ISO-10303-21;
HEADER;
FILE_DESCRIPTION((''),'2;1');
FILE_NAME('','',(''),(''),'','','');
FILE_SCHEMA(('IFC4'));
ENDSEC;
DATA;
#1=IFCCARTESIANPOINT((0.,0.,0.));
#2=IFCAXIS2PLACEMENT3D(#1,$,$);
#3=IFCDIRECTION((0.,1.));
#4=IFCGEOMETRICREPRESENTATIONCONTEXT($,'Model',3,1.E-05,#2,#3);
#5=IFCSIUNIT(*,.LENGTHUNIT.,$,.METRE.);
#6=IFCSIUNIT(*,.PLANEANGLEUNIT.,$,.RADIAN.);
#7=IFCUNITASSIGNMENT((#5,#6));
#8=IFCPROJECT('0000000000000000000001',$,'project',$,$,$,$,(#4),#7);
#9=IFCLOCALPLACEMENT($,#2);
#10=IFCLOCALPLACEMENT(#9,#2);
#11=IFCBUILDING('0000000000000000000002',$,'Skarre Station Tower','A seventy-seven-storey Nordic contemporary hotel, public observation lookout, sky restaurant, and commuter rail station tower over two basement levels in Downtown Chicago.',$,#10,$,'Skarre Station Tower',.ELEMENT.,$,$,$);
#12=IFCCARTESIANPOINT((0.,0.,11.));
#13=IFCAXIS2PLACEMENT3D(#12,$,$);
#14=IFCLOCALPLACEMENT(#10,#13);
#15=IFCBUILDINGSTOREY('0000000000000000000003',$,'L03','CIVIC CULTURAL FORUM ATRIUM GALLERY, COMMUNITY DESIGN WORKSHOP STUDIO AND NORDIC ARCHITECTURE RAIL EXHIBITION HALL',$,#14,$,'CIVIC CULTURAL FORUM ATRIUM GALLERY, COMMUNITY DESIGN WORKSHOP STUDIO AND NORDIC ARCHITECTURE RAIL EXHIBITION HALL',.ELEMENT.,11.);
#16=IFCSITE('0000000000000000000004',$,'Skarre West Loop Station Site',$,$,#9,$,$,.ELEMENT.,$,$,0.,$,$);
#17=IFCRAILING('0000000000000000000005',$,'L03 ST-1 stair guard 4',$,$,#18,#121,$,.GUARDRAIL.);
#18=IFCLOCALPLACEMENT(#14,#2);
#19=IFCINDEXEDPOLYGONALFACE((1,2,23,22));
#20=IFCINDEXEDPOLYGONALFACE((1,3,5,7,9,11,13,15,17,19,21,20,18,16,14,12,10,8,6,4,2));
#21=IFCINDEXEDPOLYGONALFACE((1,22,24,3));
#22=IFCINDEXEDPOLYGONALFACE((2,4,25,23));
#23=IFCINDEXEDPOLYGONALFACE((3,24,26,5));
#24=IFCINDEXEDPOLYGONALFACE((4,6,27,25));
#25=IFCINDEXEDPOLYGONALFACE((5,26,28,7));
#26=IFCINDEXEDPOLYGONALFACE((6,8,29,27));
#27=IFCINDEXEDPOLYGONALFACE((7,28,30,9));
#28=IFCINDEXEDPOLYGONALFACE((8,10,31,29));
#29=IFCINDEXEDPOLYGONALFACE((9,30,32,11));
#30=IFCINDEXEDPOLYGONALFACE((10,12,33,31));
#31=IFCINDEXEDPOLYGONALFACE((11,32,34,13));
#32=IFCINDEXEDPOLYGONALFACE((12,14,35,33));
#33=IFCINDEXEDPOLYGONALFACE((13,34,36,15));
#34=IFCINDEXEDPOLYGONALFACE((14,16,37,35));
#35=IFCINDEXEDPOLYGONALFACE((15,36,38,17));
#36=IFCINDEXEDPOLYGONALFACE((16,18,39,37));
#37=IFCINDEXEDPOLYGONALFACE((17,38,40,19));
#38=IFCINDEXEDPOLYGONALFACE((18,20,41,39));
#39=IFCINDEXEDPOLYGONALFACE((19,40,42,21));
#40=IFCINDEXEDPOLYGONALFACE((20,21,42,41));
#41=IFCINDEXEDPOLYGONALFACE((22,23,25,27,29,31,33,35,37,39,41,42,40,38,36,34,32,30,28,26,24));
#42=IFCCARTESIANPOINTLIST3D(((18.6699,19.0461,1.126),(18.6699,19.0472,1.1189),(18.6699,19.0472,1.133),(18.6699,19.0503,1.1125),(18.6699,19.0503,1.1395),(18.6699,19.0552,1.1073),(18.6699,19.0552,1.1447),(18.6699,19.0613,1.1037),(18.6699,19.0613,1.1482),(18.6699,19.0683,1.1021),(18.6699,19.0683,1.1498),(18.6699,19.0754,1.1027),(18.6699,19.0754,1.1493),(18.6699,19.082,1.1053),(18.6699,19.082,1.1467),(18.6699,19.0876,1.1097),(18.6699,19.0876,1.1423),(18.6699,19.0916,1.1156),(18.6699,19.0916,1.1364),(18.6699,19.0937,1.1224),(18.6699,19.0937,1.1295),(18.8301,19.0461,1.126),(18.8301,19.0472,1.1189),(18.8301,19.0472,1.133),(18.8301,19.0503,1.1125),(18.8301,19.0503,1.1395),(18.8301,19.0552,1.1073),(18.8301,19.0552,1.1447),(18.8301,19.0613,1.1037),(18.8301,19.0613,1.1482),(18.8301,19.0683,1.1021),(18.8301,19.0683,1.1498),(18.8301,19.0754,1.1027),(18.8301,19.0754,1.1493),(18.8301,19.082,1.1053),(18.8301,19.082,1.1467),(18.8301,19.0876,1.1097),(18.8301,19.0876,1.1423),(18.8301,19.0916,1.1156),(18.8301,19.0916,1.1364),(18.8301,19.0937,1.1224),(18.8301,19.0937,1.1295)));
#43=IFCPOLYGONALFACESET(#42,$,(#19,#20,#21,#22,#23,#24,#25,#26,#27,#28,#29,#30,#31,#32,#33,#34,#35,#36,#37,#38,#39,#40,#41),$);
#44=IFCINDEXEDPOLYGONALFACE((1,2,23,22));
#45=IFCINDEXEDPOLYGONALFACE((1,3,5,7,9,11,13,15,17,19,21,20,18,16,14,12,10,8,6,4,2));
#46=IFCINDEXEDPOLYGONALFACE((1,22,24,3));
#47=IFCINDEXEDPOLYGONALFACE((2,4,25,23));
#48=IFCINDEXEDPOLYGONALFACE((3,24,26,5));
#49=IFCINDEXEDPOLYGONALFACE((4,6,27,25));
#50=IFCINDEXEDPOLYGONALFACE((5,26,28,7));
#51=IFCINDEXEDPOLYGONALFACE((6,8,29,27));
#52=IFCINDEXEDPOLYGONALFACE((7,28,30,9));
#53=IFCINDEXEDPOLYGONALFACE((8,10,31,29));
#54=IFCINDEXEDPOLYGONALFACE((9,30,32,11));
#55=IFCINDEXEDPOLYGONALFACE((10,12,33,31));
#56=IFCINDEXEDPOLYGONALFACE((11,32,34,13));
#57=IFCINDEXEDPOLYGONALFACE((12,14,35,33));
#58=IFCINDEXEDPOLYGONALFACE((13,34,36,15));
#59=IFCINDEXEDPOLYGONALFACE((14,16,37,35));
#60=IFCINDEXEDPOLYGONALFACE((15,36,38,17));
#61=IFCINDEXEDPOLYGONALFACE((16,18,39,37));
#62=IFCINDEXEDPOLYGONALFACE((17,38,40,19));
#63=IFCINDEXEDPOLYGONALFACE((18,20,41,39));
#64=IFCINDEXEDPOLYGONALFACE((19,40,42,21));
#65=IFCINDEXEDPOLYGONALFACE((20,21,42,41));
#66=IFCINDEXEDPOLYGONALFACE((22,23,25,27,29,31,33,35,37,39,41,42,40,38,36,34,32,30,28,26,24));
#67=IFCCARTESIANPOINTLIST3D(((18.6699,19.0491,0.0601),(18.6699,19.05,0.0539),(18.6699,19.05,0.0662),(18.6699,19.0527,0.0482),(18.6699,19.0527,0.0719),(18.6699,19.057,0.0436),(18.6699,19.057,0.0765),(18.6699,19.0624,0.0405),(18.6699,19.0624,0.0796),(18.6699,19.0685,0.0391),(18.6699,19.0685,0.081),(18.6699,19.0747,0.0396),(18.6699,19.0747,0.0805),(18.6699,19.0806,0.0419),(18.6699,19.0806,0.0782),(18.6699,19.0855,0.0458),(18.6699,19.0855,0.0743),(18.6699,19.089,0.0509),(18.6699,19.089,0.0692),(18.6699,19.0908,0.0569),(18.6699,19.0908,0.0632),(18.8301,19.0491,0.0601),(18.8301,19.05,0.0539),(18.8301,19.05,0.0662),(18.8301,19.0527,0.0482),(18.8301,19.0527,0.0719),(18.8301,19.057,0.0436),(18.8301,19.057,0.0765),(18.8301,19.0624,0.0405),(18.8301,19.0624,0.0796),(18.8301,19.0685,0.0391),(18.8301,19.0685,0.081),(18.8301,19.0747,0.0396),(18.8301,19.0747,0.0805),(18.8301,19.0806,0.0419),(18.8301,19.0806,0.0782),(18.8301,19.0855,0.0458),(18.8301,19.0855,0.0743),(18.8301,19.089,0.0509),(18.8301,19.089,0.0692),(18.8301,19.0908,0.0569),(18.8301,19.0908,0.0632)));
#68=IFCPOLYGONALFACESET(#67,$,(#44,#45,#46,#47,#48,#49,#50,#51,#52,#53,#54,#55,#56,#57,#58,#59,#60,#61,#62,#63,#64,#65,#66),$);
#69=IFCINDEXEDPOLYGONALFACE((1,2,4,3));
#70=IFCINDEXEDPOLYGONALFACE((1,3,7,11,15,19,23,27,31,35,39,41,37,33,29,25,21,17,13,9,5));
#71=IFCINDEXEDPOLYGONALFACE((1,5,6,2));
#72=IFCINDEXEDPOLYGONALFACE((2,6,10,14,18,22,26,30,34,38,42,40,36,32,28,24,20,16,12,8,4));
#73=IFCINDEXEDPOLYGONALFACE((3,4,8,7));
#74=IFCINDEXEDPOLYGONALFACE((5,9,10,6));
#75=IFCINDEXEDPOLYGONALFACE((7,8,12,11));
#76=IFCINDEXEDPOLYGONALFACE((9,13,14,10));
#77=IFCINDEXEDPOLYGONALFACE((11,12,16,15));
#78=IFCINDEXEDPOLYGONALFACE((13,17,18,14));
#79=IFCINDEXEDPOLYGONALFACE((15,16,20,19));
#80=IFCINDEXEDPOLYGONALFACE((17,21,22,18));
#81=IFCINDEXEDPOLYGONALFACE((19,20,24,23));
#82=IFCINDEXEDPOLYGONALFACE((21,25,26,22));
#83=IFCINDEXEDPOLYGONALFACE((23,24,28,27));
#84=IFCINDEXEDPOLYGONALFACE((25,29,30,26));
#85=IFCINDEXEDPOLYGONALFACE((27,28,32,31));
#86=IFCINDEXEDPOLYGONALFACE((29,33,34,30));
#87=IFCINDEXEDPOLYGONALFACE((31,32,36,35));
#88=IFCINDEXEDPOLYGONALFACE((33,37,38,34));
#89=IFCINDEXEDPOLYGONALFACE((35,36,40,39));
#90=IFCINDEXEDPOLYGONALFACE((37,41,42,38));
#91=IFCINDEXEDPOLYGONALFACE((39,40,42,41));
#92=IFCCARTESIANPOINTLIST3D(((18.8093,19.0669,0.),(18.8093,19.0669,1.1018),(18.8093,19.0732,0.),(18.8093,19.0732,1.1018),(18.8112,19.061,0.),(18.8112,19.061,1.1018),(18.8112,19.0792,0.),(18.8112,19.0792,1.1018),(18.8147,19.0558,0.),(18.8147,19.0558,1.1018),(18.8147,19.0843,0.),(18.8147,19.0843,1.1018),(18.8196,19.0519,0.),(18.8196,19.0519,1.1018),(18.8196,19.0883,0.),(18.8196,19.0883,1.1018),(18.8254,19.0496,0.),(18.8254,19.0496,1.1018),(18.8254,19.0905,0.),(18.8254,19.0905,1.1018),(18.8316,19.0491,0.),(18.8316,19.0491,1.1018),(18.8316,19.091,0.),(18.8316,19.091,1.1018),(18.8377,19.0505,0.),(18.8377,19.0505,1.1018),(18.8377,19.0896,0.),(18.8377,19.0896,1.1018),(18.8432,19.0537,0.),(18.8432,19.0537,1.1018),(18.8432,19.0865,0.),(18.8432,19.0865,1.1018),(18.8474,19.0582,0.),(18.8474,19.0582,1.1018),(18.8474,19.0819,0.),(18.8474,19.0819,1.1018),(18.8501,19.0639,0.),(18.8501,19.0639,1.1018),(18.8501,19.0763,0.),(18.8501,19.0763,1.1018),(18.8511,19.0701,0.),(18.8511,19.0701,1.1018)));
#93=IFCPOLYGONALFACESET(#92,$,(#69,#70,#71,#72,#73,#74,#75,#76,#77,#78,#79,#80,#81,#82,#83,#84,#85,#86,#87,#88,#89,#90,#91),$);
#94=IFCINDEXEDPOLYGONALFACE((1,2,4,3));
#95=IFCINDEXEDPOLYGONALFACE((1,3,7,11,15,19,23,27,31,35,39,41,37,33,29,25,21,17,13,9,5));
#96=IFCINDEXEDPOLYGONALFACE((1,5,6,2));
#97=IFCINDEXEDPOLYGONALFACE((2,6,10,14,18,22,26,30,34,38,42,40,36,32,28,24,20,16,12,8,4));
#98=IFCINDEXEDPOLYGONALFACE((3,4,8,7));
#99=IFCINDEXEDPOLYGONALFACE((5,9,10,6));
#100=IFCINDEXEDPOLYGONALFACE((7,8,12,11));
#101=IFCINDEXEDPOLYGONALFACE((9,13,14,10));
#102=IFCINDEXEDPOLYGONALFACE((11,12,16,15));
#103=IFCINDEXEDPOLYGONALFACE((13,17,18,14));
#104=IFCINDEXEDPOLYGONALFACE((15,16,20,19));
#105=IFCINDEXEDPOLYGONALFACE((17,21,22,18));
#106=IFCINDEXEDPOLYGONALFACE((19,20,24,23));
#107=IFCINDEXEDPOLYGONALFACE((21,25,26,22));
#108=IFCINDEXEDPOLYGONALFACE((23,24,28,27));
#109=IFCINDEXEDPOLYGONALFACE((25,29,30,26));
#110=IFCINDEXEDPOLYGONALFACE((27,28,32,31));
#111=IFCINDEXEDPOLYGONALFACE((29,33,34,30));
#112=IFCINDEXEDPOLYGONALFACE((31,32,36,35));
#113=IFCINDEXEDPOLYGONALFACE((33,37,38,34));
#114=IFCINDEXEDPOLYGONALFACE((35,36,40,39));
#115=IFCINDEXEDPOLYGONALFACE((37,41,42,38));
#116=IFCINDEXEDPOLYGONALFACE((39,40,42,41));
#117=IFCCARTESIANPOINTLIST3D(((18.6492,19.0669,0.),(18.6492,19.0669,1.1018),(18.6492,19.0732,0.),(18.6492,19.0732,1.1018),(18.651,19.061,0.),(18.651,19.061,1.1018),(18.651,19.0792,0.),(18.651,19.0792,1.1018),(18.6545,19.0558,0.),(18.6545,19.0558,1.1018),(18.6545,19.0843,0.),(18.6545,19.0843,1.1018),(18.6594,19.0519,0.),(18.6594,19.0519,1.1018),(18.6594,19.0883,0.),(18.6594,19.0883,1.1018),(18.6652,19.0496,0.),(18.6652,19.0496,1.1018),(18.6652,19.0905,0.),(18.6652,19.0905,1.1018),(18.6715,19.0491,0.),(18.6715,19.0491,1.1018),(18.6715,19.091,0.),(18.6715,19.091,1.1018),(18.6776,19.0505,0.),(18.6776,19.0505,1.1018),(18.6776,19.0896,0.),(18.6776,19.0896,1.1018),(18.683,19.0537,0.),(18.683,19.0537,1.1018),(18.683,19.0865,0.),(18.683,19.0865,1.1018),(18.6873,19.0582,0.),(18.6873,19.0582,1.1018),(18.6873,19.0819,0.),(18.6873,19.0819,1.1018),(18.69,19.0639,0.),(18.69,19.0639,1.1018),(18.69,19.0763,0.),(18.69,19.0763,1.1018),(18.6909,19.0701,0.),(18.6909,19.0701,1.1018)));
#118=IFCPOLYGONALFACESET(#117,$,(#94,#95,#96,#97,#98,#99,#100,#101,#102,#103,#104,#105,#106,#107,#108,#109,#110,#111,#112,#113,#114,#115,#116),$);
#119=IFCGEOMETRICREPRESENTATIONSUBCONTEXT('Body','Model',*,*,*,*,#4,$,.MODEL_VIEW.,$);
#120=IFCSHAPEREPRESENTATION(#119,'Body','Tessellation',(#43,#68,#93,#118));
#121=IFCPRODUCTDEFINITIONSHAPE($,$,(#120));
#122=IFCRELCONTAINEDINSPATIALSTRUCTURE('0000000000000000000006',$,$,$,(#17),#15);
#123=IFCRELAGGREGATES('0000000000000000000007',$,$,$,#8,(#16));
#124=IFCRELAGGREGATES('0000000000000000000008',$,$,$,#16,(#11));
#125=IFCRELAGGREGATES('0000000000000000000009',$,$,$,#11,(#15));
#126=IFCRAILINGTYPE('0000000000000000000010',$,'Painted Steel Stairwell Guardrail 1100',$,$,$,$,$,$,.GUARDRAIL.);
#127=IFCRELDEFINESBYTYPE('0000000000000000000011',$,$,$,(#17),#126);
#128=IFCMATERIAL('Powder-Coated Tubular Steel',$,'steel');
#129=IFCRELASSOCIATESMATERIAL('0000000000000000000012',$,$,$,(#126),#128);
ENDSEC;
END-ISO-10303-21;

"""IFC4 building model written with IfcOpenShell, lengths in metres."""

from ifc_helpers import new_model, si_unit, direction, frame, origin, origin_2d, place, context, subcontext, project, spatial, circle, extrude, material, type_object, element, save


model = new_model("IFC4")

# Units and contexts
model_context = context("Model", 3, precision=1e-05, world=origin(), true_north=direction((0.0, 1.0)))
body_context = subcontext(model_context, "Body", "Model", "MODEL_VIEW")
ifc_project = project(units=[si_unit("LENGTHUNIT", "METRE"), si_unit("PLANEANGLEUNIT", "RADIAN")], contexts=[model_context])

# Site, building, storey
site_placement = place(None, origin())
site = spatial("IfcSite", under=ifc_project, at=site_placement, Name="Skarre West Loop Station Site", CompositionType="ELEMENT", RefElevation=0.0)
building_placement = place(site_placement, origin())
building = spatial("IfcBuilding", under=site, at=building_placement, Name="Skarre Station Tower", Description="A seventy-seven-storey Nordic contemporary hotel, public observation lookout, sky restaurant, and commuter rail station tower over two basement levels in Downtown Chicago.", LongName="Skarre Station Tower", CompositionType="ELEMENT")
storey_placement = place(building_placement, frame((0.0, 0.0, 11.0)))
storey = spatial("IfcBuildingStorey", under=building, at=storey_placement, Name="L03", Description="CIVIC CULTURAL FORUM ATRIUM GALLERY, COMMUNITY DESIGN WORKSHOP STUDIO AND NORDIC ARCHITECTURE RAIL EXHIBITION HALL", LongName="CIVIC CULTURAL FORUM ATRIUM GALLERY, COMMUNITY DESIGN WORKSHOP STUDIO AND NORDIC ARCHITECTURE RAIL EXHIBITION HALL", CompositionType="ELEMENT", Elevation=11.0)

# Railing
ifc_material_1 = material(Name="Powder-Coated Tubular Steel", Category="steel")
railing_type_1 = type_object("IfcRailingType", Name="Painted Steel Stairwell Guardrail 1100", PredefinedType="GUARDRAIL", material=ifc_material_1)
railing_1_placement = place(storey_placement, frame((18.8301, 19.0701, 0.0)))
element("IfcRailing", 1, at=railing_1_placement, inside=storey, type_object=railing_type_1, Name="L03 ST-1 stair guard 4", PredefinedType="GUARDRAIL", context=body_context, shape_type="SweptSolid", body=[
    extrude(circle(Radius=0.0239, at=origin_2d()), frame((0.0, 0.0, 1.126), z_axis=(-1.0, 0.0, 0.0), x_axis=(0.0, -1.0, 0.0)), (0.0, 0.0, 1.0), 0.1602),
    extrude(circle(Radius=0.021, at=origin_2d()), frame((0.0, 0.0, 0.0601), z_axis=(-1.0, 0.0, 0.0), x_axis=(0.0, -1.0, 0.0)), (0.0, 0.0, 1.0), 0.1602),
    extrude(circle(Radius=0.021, at=origin_2d()), origin(), (0.0, 0.0, 1.0), 1.1018),
    extrude(circle(Radius=0.021, at=origin_2d()), frame((-0.1602, 0.0, 0.0)), (0.0, 0.0, 1.0), 1.1018),
])

save(model, "model.ifc")
